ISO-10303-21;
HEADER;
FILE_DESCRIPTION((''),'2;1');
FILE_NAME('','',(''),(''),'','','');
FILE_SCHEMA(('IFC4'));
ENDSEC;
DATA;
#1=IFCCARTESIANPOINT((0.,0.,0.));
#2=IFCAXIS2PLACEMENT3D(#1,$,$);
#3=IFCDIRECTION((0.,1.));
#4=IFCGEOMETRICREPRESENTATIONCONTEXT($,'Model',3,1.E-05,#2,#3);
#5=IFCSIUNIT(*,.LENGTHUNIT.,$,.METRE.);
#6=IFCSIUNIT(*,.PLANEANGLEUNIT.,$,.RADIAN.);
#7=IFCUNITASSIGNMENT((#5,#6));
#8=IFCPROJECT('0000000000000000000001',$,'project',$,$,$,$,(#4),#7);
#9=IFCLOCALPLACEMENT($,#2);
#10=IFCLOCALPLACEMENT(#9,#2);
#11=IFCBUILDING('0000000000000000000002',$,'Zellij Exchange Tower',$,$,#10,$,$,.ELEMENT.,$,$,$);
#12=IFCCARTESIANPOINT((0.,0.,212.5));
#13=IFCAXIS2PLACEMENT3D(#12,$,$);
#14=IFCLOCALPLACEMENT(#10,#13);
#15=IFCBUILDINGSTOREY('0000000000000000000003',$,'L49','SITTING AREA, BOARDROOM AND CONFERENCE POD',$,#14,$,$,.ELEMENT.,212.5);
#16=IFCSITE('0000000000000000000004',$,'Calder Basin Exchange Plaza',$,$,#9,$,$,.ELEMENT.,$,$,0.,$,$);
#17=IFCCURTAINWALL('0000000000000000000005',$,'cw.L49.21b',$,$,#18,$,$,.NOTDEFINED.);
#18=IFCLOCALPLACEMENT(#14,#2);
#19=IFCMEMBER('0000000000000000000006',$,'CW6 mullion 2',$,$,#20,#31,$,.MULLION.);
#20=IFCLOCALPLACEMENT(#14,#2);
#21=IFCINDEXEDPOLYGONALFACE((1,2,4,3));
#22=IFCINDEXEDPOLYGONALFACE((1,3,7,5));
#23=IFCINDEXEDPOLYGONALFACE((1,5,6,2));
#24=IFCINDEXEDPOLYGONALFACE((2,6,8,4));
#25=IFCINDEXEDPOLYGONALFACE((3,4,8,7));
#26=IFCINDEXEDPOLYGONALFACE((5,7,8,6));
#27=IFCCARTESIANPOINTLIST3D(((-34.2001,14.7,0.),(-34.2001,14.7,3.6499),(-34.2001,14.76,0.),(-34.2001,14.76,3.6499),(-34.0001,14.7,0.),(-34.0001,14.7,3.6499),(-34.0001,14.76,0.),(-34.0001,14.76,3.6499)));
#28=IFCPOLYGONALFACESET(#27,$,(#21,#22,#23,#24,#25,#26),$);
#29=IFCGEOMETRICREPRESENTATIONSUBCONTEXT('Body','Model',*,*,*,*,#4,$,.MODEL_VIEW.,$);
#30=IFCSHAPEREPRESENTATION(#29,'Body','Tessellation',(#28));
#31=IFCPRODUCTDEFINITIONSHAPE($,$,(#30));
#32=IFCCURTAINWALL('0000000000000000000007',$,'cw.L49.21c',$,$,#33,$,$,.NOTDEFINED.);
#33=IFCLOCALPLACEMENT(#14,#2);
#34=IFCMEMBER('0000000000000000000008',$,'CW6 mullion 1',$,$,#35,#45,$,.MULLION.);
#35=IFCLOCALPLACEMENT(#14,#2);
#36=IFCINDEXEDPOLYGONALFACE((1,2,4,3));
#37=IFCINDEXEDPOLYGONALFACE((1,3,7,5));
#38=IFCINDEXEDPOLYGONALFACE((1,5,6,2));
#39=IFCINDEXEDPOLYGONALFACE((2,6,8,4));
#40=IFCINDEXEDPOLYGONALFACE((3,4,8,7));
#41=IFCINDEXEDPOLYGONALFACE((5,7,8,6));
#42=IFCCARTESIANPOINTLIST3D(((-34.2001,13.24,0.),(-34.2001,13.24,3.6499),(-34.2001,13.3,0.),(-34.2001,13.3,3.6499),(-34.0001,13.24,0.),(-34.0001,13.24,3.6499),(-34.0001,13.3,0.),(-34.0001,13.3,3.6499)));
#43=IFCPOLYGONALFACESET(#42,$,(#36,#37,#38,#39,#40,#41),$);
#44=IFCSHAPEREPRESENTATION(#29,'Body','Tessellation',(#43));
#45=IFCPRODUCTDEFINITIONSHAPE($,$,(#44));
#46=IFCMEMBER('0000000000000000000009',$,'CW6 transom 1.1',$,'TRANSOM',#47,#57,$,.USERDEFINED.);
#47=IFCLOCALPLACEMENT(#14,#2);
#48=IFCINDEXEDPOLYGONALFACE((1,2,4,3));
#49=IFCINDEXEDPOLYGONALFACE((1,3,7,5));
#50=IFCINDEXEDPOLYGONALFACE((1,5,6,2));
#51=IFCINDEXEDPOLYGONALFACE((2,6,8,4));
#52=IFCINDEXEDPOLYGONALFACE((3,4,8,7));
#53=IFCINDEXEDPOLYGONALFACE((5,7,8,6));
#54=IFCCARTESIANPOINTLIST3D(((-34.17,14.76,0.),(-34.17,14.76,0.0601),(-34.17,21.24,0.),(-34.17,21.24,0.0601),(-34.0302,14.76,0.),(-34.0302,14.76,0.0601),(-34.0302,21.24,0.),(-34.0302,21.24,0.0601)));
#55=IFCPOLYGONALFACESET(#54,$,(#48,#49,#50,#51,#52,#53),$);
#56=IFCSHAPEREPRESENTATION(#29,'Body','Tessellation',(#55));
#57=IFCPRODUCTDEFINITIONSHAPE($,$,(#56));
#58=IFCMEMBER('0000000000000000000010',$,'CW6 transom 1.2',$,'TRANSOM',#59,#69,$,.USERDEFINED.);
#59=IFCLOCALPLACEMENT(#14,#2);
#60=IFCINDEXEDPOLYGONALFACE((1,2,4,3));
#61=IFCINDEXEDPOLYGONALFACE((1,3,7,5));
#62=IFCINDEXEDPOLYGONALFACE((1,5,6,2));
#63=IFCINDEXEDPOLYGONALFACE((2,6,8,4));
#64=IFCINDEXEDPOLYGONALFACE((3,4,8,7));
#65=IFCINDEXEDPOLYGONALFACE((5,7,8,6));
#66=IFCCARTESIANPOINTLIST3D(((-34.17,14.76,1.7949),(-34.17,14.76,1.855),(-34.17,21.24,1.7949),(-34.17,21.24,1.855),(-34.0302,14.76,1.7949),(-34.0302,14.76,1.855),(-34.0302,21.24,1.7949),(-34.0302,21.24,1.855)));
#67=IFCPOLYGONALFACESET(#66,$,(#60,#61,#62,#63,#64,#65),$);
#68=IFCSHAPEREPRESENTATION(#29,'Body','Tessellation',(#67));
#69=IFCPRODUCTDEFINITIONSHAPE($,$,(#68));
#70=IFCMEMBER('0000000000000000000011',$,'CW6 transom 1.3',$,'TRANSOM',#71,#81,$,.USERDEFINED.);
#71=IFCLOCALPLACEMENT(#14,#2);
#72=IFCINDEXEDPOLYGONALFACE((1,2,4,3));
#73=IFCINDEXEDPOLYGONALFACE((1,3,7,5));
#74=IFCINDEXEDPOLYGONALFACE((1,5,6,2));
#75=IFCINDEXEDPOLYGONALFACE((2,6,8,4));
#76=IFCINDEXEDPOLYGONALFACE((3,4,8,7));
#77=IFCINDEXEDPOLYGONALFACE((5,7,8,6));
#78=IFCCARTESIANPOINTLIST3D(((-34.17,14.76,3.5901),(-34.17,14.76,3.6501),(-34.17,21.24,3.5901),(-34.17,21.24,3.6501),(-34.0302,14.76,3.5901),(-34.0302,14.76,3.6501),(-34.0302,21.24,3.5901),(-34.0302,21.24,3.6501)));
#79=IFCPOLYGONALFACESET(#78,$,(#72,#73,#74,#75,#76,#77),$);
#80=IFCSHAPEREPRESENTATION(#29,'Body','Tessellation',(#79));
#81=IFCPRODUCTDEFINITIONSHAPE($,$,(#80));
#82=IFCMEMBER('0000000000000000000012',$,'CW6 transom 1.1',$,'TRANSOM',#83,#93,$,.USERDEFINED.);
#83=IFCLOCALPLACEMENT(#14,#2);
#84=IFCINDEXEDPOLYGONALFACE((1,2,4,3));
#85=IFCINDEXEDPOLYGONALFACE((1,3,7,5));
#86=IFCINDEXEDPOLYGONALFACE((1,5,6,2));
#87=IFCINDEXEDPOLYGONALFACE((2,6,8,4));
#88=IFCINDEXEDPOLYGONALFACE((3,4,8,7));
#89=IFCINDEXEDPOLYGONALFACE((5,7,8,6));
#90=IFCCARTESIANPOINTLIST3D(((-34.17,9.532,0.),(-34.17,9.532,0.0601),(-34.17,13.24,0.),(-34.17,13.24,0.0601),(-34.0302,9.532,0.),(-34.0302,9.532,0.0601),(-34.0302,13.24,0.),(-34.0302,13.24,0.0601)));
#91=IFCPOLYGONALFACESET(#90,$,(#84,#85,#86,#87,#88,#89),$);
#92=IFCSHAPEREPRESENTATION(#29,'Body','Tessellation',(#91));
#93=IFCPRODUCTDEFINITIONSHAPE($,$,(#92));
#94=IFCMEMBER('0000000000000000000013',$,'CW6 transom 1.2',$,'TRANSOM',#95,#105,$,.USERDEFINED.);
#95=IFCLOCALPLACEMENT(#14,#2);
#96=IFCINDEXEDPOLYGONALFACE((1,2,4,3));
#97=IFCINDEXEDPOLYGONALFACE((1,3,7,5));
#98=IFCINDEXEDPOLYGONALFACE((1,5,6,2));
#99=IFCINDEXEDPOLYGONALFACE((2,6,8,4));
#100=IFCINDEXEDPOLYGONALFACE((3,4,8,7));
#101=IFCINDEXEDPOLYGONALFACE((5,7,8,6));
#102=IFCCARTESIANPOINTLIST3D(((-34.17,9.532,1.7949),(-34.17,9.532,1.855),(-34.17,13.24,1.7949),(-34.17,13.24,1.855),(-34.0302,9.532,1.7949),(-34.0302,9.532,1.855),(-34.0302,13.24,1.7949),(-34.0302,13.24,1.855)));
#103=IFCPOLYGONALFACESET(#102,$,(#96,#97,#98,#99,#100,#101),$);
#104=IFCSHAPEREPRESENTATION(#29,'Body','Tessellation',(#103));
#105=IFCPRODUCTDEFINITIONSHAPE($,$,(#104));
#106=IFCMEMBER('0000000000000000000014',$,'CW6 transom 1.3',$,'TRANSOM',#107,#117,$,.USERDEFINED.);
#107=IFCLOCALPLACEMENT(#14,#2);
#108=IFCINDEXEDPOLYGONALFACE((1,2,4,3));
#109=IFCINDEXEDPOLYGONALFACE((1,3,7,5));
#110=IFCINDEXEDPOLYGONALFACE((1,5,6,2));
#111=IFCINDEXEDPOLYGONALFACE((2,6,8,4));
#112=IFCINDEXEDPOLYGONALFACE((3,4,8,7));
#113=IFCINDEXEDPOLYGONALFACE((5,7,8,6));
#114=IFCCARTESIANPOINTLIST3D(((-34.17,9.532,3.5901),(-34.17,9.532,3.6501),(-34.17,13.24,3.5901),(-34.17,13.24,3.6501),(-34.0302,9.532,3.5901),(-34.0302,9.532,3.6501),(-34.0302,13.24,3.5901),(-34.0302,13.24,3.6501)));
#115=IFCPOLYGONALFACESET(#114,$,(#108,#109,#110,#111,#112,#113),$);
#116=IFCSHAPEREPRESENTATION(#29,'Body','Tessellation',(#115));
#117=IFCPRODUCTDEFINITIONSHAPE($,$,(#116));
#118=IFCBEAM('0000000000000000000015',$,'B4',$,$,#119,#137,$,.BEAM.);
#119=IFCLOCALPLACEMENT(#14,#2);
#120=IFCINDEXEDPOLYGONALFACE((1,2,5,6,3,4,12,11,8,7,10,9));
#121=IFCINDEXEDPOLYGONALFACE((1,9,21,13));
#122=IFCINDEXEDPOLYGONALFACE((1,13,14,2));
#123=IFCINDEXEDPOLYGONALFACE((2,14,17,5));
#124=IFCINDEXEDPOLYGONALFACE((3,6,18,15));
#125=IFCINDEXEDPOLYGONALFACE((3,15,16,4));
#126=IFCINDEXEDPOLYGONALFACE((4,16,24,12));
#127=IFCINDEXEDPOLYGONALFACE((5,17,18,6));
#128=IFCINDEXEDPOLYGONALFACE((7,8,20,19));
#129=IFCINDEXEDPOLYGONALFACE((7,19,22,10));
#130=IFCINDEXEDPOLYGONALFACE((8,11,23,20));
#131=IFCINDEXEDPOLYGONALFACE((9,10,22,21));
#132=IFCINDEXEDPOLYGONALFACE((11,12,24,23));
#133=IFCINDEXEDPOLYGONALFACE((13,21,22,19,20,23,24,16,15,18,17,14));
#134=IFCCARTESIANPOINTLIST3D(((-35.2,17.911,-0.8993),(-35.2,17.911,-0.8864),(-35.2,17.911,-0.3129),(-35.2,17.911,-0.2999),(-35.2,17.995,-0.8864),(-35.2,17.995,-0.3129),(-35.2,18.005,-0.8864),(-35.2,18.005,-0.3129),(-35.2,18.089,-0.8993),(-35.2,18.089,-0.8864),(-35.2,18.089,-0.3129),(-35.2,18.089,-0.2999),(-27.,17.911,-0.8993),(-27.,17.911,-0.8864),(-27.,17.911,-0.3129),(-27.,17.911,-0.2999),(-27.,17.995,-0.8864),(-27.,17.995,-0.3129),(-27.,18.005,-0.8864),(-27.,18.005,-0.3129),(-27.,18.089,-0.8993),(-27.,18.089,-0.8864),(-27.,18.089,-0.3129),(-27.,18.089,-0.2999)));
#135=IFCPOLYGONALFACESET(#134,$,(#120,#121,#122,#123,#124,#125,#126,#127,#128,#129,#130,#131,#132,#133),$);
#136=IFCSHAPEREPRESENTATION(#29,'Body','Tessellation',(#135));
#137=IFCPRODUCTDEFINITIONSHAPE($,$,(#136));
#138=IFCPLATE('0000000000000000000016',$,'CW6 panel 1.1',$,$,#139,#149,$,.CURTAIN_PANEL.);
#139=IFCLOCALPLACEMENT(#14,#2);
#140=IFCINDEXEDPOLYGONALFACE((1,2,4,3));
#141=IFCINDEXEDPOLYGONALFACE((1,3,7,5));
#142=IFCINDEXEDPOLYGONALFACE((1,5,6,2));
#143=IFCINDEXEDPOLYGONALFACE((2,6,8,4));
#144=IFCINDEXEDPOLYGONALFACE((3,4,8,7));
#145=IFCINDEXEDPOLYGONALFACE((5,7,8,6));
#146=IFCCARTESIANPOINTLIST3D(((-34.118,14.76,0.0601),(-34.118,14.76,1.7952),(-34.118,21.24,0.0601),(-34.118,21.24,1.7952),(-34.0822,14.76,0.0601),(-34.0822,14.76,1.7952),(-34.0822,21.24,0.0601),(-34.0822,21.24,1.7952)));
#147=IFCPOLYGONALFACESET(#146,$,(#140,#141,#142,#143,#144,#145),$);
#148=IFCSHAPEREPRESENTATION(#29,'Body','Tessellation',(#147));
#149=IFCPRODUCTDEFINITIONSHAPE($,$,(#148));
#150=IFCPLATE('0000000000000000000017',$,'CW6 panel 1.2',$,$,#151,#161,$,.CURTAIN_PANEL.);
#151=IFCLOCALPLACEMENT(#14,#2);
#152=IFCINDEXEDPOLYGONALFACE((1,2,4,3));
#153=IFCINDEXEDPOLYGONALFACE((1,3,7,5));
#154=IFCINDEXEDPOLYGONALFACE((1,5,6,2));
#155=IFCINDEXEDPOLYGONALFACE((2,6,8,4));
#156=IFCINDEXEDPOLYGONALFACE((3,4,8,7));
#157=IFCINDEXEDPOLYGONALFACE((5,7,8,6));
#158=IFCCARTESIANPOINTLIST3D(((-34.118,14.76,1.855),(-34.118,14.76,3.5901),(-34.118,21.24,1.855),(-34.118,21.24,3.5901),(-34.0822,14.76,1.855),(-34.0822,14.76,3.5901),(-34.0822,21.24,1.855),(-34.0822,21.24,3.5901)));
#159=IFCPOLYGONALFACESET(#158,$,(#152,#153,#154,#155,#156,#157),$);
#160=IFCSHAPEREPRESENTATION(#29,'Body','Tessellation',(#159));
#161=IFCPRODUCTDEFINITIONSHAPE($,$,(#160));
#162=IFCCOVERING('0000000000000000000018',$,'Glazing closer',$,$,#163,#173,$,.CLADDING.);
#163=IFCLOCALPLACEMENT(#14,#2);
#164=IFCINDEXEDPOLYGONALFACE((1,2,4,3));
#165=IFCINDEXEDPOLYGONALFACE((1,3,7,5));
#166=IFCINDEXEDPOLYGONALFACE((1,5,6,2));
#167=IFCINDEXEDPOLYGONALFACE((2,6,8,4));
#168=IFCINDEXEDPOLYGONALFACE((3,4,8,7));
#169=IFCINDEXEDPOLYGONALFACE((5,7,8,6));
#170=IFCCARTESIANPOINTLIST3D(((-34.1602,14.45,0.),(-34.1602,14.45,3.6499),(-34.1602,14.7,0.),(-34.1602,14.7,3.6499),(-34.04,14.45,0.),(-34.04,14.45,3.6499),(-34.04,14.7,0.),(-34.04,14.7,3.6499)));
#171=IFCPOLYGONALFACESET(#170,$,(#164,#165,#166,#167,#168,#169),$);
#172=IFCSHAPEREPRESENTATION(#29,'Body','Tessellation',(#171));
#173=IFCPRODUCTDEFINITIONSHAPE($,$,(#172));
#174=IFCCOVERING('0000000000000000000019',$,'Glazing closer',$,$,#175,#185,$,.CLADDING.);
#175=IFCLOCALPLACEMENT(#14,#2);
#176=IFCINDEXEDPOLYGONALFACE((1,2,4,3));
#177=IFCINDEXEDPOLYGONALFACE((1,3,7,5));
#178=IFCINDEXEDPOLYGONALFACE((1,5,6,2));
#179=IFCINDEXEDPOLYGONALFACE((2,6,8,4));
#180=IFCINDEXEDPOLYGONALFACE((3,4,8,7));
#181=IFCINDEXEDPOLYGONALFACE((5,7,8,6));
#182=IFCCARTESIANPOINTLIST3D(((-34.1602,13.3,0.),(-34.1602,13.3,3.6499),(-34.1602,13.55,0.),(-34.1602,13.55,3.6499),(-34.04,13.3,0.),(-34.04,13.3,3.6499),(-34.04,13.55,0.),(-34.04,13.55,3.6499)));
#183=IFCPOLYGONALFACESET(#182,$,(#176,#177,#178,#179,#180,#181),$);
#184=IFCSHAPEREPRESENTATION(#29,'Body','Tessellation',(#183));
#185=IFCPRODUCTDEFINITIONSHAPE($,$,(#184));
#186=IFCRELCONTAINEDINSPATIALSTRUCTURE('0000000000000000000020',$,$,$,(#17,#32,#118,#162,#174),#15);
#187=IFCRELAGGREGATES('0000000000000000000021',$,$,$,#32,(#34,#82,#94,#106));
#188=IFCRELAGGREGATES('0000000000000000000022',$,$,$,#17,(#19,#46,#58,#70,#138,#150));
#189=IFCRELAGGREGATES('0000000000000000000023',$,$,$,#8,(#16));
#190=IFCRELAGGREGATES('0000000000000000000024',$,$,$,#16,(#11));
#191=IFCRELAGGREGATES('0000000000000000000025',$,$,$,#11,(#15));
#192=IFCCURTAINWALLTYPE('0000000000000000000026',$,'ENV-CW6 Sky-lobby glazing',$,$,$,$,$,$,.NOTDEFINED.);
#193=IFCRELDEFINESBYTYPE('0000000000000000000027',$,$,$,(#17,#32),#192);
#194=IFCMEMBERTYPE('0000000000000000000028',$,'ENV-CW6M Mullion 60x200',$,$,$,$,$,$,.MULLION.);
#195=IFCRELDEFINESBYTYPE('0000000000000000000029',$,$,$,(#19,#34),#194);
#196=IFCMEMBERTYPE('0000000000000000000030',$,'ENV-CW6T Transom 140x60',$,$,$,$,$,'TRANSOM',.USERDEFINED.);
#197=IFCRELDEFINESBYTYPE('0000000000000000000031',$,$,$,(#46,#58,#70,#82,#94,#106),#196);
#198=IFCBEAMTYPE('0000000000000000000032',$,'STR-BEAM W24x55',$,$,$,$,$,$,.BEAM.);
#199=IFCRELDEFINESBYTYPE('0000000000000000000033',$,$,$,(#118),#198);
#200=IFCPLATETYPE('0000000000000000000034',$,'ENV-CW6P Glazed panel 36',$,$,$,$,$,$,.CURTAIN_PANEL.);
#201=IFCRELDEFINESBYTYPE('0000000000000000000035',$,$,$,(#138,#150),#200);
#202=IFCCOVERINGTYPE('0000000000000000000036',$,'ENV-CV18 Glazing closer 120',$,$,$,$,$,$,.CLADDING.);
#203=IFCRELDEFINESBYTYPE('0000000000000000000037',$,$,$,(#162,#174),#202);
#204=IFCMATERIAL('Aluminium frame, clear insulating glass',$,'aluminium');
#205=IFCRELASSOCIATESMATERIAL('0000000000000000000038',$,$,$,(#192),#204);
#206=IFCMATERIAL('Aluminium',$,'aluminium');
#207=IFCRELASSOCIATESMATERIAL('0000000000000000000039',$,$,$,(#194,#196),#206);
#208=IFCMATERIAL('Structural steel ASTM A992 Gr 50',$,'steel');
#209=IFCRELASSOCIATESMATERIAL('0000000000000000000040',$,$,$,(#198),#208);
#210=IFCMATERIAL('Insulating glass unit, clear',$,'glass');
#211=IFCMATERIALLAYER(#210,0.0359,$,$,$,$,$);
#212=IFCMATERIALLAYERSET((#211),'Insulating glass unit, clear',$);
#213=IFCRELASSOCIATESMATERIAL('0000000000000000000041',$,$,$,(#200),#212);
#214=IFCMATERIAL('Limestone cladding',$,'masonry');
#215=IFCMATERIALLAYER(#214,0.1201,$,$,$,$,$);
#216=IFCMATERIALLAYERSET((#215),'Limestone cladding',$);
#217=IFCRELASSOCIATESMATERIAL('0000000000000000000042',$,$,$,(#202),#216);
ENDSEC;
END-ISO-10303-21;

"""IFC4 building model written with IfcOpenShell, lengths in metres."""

from ifc_helpers import new_model, si_unit, direction, frame, origin, origin_2d, place, context, subcontext, project, spatial, rectangle, i_section, extrude, material, layer, layer_set, material_profile, profile_set, type_object, element, aggregate, save


model = new_model("IFC4")

# Units and contexts
model_context = context("Model", 3, precision=1e-05, world=origin(), true_north=direction((0.0, 1.0)))
body_context = subcontext(model_context, "Body", "Model", "MODEL_VIEW")
ifc_project = project(units=[si_unit("LENGTHUNIT", "METRE"), si_unit("PLANEANGLEUNIT", "RADIAN")], contexts=[model_context])

# Site, building, storey
site_placement = place(None, origin())
site = spatial("IfcSite", under=ifc_project, at=site_placement, Name="Calder Basin Exchange Plaza", CompositionType="ELEMENT", RefElevation=0.0)
building_placement = place(site_placement, origin())
building = spatial("IfcBuilding", under=site, at=building_placement, Name="Zellij Exchange Tower", CompositionType="ELEMENT")
storey_placement = place(building_placement, frame((0.0, 0.0, 212.5)))
storey = spatial("IfcBuildingStorey", under=building, at=storey_placement, Name="L49", Description="SITTING AREA, BOARDROOM AND CONFERENCE POD", CompositionType="ELEMENT", Elevation=212.5)

# Curtain walls, members
ifc_material_1 = material(Name="Aluminium frame, clear insulating glass", Category="aluminium")
curtain_wall_type = type_object("IfcCurtainWallType", Name="ENV-CW6 Sky-lobby glazing", PredefinedType="NOTDEFINED", material=ifc_material_1)
curtain_wall_1_placement = place(storey_placement, origin())
curtain_wall_1 = element("IfcCurtainWall", 1, at=curtain_wall_1_placement, inside=storey, type_object=curtain_wall_type, Name="cw.L49.21b", PredefinedType="NOTDEFINED")
ifc_material_2 = material(Name="Aluminium", Category="aluminium")
ifc_material_profile_1 = material_profile(ifc_material_2, rectangle(XDim=0.0601, YDim=0.2, at=origin_2d()), Name="AL 60x200")
ifc_profile_set_1 = profile_set([ifc_material_profile_1], Name="Aluminium")
member_type_1 = type_object("IfcMemberType", Name="ENV-CW6M Mullion 60x200", PredefinedType="MULLION", material=ifc_profile_set_1)
member_1_placement = place(storey_placement, frame((-34.1001, 14.73, 0.0), z_axis=(0.0, 0.0, 1.0), x_axis=(0.0, -1.0, 0.0)))
member_1 = element("IfcMember", 2, at=member_1_placement, type_object=member_type_1, Name="CW6 mullion 2", PredefinedType="MULLION", context=body_context, shape_type="SweptSolid", body=[
    extrude(rectangle(XDim=0.0601, YDim=0.2, at=origin_2d()), origin(), (0.0, 0.0, 1.0), 3.6499),
])
curtain_wall_2_placement = place(storey_placement, origin())
curtain_wall_2 = element("IfcCurtainWall", 3, at=curtain_wall_2_placement, inside=storey, type_object=curtain_wall_type, Name="cw.L49.21c", PredefinedType="NOTDEFINED")
member_2_placement = place(storey_placement, frame((-34.1001, 13.27, 0.0), z_axis=(0.0, 0.0, 1.0), x_axis=(0.0, -1.0, 0.0)))
member_2 = element("IfcMember", 4, at=member_2_placement, type_object=member_type_1, Name="CW6 mullion 1", PredefinedType="MULLION", context=body_context, shape_type="SweptSolid", body=[
    extrude(rectangle(XDim=0.0601, YDim=0.2, at=origin_2d()), origin(), (0.0, 0.0, 1.0), 3.6499),
])

# Members
ifc_material_profile_2 = material_profile(ifc_material_2, rectangle(XDim=0.1399, YDim=0.0601, at=origin_2d()), Name="AL 140x60")
ifc_profile_set_2 = profile_set([ifc_material_profile_2], Name="Aluminium")
member_type_2 = type_object("IfcMemberType", Name="ENV-CW6T Transom 140x60", ElementType="TRANSOM", PredefinedType="USERDEFINED", material=ifc_profile_set_2)
member_3_placement = place(storey_placement, frame((-34.1001, 21.24, 0.03), z_axis=(0.0, -1.0, 0.0), x_axis=(1.0, 0.0, 0.0)))
member_3 = element("IfcMember", 5, at=member_3_placement, type_object=member_type_2, Name="CW6 transom 1.1", ObjectType="TRANSOM", PredefinedType="USERDEFINED", context=body_context, shape_type="SweptSolid", body=[
    extrude(rectangle(XDim=0.1399, YDim=0.0601, at=origin_2d()), origin(), (0.0, 0.0, 1.0), 6.48),
])
member_4_placement = place(storey_placement, frame((-34.1001, 21.24, 1.825), z_axis=(0.0, -1.0, 0.0), x_axis=(1.0, 0.0, 0.0)))
member_4 = element("IfcMember", 6, at=member_4_placement, type_object=member_type_2, Name="CW6 transom 1.2", ObjectType="TRANSOM", PredefinedType="USERDEFINED", context=body_context, shape_type="SweptSolid", body=[
    extrude(rectangle(XDim=0.1399, YDim=0.0601, at=origin_2d()), origin(), (0.0, 0.0, 1.0), 6.48),
])
member_5_placement = place(storey_placement, frame((-34.1001, 21.24, 3.6201), z_axis=(0.0, -1.0, 0.0), x_axis=(1.0, 0.0, 0.0)))
member_5 = element("IfcMember", 7, at=member_5_placement, type_object=member_type_2, Name="CW6 transom 1.3", ObjectType="TRANSOM", PredefinedType="USERDEFINED", context=body_context, shape_type="SweptSolid", body=[
    extrude(rectangle(XDim=0.1399, YDim=0.0601, at=origin_2d()), origin(), (0.0, 0.0, 1.0), 6.48),
])
member_6_placement = place(storey_placement, frame((-34.1001, 13.24, 0.03), z_axis=(0.0, -1.0, 0.0), x_axis=(1.0, 0.0, 0.0)))
member_6 = element("IfcMember", 8, at=member_6_placement, type_object=member_type_2, Name="CW6 transom 1.1", ObjectType="TRANSOM", PredefinedType="USERDEFINED", context=body_context, shape_type="SweptSolid", body=[
    extrude(rectangle(XDim=0.1399, YDim=0.0601, at=origin_2d()), origin(), (0.0, 0.0, 1.0), 3.708),
])
member_7_placement = place(storey_placement, frame((-34.1001, 13.24, 1.825), z_axis=(0.0, -1.0, 0.0), x_axis=(1.0, 0.0, 0.0)))
member_7 = element("IfcMember", 9, at=member_7_placement, type_object=member_type_2, Name="CW6 transom 1.2", ObjectType="TRANSOM", PredefinedType="USERDEFINED", context=body_context, shape_type="SweptSolid", body=[
    extrude(rectangle(XDim=0.1399, YDim=0.0601, at=origin_2d()), origin(), (0.0, 0.0, 1.0), 3.708),
])
member_8_placement = place(storey_placement, frame((-34.1001, 13.24, 3.6201), z_axis=(0.0, -1.0, 0.0), x_axis=(1.0, 0.0, 0.0)))
member_8 = element("IfcMember", 10, at=member_8_placement, type_object=member_type_2, Name="CW6 transom 1.3", ObjectType="TRANSOM", PredefinedType="USERDEFINED", context=body_context, shape_type="SweptSolid", body=[
    extrude(rectangle(XDim=0.1399, YDim=0.0601, at=origin_2d()), origin(), (0.0, 0.0, 1.0), 3.708),
])
aggregate(curtain_wall_2, [member_2, member_6, member_7, member_8])

# Beam
ifc_material_3 = material(Name="Structural steel ASTM A992 Gr 50", Category="steel")
ifc_material_profile_3 = material_profile(ifc_material_3, i_section(OverallWidth=0.178, OverallDepth=0.5994, WebThickness=0.01, FlangeThickness=0.0129, at=origin_2d()), Name="W24x55")
ifc_profile_set_3 = profile_set([ifc_material_profile_3], Name="Structural steel ASTM A992 Gr 50")
beam_type = type_object("IfcBeamType", Name="STR-BEAM W24x55", PredefinedType="BEAM", material=ifc_profile_set_3)
beam_placement = place(storey_placement, frame((-35.2, 18.0, -0.5996), z_axis=(1.0, 0.0, 0.0), x_axis=(0.0, 1.0, 0.0)))
element("IfcBeam", 11, at=beam_placement, inside=storey, type_object=beam_type, Name="B4", PredefinedType="BEAM", context=body_context, shape_type="SweptSolid", body=[
    extrude(i_section(OverallWidth=0.178, OverallDepth=0.5994, WebThickness=0.01, FlangeThickness=0.0129, at=origin_2d()), origin(), (0.0, 0.0, 1.0), 8.2),
])

# Plates
ifc_material_4 = material(Name="Insulating glass unit, clear", Category="glass")
ifc_layer_1 = layer(ifc_material_4, 0.0359)
ifc_layer_set_1 = layer_set([ifc_layer_1], Name="Insulating glass unit, clear")
plate_type = type_object("IfcPlateType", Name="ENV-CW6P Glazed panel 36", PredefinedType="CURTAIN_PANEL", material=ifc_layer_set_1)
plate_1_placement = place(storey_placement, frame((-34.1001, 18.0, 0.0601), z_axis=(0.0, 0.0, 1.0), x_axis=(0.0, -1.0, 0.0)))
plate_1 = element("IfcPlate", 12, at=plate_1_placement, type_object=plate_type, Name="CW6 panel 1.1", PredefinedType="CURTAIN_PANEL", context=body_context, shape_type="SweptSolid", body=[
    extrude(rectangle(XDim=6.48, YDim=0.0359, at=origin_2d()), origin(), (0.0, 0.0, 1.0), 1.7351),
])
plate_2_placement = place(storey_placement, frame((-34.1001, 18.0, 1.855), z_axis=(0.0, 0.0, 1.0), x_axis=(0.0, -1.0, 0.0)))
plate_2 = element("IfcPlate", 13, at=plate_2_placement, type_object=plate_type, Name="CW6 panel 1.2", PredefinedType="CURTAIN_PANEL", context=body_context, shape_type="SweptSolid", body=[
    extrude(rectangle(XDim=6.48, YDim=0.0359, at=origin_2d()), origin(), (0.0, 0.0, 1.0), 1.7351),
])
aggregate(curtain_wall_1, [member_1, member_3, member_4, member_5, plate_1, plate_2])

# Coverings
ifc_material_5 = material(Name="Limestone cladding", Category="masonry")
ifc_layer_2 = layer(ifc_material_5, 0.1201)
ifc_layer_set_2 = layer_set([ifc_layer_2], Name="Limestone cladding")
covering_type_1 = type_object("IfcCoveringType", Name="ENV-CV18 Glazing closer 120", PredefinedType="CLADDING", material=ifc_layer_set_2)
for number, where, z_axis, x_axis, name in (
    (14, (-34.1001, 14.575, 0.0), (0.0, 0.0, 1.0), (0.0, -1.0, 0.0), "Glazing closer"),
    (15, (-34.1001, 13.425, 0.0), (0.0, 0.0, 1.0), (0.0, 1.0, 0.0), "Glazing closer"),
):
    element("IfcCovering", number, at=place(storey_placement, frame(where, z_axis=z_axis, x_axis=x_axis)), inside=storey, type_object=covering_type_1, Name=name, PredefinedType="CLADDING", context=body_context, shape_type="SweptSolid", body=[
        extrude(rectangle(XDim=0.25, YDim=0.1201, at=origin_2d()), origin(), (0.0, 0.0, 1.0), 3.6499),
    ])

save(model, "model.ifc")
